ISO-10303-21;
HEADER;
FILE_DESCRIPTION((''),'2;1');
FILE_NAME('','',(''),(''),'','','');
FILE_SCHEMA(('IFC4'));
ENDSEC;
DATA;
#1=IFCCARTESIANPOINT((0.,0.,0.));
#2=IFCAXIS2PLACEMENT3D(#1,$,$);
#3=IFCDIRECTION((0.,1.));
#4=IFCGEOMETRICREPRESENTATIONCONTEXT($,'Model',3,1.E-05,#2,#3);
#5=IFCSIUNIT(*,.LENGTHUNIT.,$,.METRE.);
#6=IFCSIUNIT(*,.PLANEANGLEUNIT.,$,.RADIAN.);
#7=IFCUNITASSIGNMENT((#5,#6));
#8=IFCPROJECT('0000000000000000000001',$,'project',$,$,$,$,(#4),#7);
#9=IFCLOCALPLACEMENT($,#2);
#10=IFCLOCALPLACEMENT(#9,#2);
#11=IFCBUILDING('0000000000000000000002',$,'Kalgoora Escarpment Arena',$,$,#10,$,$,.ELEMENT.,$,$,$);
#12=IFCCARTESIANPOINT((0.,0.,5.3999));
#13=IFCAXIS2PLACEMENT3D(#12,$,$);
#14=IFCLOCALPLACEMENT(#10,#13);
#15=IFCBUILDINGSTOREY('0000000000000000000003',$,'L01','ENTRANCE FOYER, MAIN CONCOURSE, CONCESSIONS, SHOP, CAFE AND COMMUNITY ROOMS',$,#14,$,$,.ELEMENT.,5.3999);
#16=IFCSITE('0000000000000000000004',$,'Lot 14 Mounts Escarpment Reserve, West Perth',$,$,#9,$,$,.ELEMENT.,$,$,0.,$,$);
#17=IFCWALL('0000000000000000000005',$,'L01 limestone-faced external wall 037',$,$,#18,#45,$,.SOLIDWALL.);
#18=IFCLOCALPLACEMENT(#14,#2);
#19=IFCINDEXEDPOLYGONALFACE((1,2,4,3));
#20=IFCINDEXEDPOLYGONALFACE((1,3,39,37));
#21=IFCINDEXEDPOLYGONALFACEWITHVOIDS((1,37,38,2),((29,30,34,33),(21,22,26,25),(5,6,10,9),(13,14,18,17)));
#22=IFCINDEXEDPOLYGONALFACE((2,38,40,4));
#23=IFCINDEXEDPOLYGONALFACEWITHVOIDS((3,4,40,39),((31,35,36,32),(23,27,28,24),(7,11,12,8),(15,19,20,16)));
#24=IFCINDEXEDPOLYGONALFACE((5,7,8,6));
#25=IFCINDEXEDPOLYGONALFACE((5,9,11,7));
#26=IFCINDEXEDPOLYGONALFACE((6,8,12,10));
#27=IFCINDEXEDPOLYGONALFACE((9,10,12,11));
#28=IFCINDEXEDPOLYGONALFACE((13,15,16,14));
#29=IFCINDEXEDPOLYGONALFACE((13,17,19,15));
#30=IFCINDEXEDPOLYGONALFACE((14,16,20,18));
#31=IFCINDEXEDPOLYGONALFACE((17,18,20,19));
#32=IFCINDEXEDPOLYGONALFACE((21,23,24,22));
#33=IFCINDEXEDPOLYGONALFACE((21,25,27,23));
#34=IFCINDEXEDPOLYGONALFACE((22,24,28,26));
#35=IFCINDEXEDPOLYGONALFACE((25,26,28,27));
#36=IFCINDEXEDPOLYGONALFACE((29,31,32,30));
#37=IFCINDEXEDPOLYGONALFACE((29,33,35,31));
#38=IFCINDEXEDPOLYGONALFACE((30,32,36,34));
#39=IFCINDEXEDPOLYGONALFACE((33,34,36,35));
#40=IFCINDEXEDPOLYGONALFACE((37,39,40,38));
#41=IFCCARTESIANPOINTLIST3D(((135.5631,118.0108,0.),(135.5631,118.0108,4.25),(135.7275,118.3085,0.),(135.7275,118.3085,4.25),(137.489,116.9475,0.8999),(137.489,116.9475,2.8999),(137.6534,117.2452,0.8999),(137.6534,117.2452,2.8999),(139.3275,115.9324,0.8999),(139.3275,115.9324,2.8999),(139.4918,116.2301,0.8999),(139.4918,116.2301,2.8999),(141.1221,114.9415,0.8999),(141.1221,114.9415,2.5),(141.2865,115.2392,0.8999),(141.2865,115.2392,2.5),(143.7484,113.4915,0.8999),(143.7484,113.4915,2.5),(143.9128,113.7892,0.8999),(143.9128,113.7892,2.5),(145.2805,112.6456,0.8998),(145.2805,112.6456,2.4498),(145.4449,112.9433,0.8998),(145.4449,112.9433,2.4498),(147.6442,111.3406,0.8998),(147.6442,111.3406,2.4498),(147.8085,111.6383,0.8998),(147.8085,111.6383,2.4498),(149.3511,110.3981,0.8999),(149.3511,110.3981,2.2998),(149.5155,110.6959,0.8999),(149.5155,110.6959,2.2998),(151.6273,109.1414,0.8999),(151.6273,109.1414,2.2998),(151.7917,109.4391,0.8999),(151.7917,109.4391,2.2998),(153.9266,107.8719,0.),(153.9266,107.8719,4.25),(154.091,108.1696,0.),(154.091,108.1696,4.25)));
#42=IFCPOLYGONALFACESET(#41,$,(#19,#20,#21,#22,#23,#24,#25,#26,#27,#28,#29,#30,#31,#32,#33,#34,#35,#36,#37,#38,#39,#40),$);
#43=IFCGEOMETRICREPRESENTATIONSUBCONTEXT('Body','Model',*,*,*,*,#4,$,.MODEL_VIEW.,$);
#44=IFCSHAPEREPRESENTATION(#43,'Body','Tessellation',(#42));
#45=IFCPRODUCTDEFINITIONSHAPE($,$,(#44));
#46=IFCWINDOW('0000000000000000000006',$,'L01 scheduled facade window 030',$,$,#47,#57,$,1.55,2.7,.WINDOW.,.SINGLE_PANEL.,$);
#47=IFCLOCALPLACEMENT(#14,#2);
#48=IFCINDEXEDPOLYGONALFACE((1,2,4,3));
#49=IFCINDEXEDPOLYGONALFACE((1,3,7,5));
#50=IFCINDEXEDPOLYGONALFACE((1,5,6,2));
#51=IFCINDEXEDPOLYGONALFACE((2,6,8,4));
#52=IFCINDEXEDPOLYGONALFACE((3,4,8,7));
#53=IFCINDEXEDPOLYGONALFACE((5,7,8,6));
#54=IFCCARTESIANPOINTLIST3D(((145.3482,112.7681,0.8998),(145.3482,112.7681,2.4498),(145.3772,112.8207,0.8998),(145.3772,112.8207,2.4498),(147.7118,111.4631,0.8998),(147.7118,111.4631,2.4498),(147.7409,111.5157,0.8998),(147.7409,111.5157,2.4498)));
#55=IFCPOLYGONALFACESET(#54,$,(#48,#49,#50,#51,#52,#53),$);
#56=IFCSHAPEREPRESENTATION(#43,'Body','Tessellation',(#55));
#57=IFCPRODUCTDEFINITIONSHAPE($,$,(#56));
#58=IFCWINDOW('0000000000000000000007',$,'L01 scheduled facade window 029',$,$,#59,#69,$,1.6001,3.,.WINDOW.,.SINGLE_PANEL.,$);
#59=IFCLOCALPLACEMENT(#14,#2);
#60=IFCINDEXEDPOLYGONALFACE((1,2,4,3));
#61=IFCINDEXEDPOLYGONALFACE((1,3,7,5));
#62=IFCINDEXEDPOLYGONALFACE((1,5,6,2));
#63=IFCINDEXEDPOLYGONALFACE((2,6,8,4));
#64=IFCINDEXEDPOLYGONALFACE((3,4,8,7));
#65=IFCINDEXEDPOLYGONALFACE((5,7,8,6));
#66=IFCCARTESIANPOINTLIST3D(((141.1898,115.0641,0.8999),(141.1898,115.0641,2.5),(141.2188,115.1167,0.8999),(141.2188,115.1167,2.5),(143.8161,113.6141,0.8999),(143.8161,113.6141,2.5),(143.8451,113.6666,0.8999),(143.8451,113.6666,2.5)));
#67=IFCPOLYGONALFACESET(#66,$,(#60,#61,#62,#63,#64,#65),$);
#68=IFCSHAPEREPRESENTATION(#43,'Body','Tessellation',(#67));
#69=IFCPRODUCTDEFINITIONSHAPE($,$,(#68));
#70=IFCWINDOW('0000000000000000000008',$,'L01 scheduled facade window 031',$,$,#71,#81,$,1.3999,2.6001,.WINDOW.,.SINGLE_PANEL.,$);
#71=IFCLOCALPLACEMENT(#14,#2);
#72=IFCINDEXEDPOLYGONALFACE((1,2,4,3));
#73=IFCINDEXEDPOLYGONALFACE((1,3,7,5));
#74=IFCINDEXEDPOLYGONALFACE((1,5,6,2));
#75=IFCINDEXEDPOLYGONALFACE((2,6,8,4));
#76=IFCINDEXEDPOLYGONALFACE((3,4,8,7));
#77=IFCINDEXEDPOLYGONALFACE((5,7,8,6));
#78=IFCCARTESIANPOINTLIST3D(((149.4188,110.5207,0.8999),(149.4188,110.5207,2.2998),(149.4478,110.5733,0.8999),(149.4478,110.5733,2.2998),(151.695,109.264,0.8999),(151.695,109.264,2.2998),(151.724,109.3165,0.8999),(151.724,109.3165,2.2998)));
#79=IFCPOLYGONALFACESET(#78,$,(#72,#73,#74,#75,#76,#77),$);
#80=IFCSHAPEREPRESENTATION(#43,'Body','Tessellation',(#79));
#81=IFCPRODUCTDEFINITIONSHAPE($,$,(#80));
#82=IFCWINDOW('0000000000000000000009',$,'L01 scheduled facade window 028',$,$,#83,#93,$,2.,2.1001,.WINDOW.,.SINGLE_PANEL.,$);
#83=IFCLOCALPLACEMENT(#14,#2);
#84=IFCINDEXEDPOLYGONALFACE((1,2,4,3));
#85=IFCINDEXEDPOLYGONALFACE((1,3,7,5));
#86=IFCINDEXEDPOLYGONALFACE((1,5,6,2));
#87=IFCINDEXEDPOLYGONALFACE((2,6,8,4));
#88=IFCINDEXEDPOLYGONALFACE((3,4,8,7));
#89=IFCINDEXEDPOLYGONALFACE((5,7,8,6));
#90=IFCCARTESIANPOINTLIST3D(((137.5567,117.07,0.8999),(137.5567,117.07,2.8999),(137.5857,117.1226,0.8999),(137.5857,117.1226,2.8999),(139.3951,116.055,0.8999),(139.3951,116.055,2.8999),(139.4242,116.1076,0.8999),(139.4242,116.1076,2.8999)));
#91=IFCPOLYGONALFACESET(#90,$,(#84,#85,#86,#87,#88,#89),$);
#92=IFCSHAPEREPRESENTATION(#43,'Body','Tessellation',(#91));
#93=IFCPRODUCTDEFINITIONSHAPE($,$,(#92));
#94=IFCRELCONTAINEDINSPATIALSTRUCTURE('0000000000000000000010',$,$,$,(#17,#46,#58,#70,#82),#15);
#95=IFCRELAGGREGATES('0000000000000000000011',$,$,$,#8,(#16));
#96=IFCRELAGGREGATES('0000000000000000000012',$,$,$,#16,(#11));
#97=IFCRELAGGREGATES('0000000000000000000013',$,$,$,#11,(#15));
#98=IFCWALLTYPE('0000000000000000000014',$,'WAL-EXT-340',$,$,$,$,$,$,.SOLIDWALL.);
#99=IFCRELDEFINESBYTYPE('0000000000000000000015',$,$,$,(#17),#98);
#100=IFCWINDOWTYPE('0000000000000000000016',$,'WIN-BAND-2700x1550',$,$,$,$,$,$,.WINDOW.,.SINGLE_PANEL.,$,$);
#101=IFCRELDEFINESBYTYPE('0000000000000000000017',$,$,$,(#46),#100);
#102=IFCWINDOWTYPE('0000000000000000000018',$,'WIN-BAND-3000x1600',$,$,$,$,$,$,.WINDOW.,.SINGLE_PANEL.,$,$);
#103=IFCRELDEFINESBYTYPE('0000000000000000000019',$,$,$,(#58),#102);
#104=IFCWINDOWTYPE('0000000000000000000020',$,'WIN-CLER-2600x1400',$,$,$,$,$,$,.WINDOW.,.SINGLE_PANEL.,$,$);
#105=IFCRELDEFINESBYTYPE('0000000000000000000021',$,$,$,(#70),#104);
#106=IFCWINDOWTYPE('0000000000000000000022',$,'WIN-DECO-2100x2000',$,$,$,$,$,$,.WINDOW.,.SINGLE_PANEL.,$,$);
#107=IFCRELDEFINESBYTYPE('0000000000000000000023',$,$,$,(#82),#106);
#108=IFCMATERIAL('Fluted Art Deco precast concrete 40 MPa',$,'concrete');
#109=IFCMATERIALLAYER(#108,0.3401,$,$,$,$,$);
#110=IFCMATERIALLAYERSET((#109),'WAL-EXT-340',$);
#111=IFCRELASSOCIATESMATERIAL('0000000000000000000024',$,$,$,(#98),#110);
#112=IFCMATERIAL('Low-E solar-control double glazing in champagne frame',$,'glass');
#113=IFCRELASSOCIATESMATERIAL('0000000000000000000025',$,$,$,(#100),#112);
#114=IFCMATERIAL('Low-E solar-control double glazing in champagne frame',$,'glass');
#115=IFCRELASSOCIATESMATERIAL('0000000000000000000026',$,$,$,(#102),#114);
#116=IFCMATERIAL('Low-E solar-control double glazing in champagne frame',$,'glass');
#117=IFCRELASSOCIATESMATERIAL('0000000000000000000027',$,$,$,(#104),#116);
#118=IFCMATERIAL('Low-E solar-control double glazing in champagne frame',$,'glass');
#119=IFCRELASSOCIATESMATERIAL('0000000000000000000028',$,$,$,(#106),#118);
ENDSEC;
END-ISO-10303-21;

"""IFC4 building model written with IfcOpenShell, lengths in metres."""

from ifc_helpers import new_model, si_unit, direction, frame, frame_2d, origin, place, context, subcontext, project, spatial, rectangle, extrude, material, layer, layer_set, type_object, element, fill, save


model = new_model("IFC4")

# Units and contexts
model_context = context("Model", 3, precision=1e-05, world=origin(), true_north=direction((0.0, 1.0)))
body_context = subcontext(model_context, "Body", "Model", "MODEL_VIEW")
ifc_project = project(units=[si_unit("LENGTHUNIT", "METRE"), si_unit("PLANEANGLEUNIT", "RADIAN")], contexts=[model_context])

# Site, building, storey
site_placement = place(None, origin())
site = spatial("IfcSite", under=ifc_project, at=site_placement, Name="Lot 14 Mounts Escarpment Reserve, West Perth", CompositionType="ELEMENT", RefElevation=0.0)
building_placement = place(site_placement, origin())
building = spatial("IfcBuilding", under=site, at=building_placement, Name="Kalgoora Escarpment Arena", CompositionType="ELEMENT")
storey_placement = place(building_placement, frame((0.0, 0.0, 5.3999)))
storey = spatial("IfcBuildingStorey", under=building, at=storey_placement, Name="L01", Description="ENTRANCE FOYER, MAIN CONCOURSE, CONCESSIONS, SHOP, CAFE AND COMMUNITY ROOMS", CompositionType="ELEMENT", Elevation=5.3999)

# Wall, openings, windows
ifc_material_1 = material(Name="Fluted Art Deco precast concrete 40 MPa", Category="concrete")
ifc_layer_1 = layer(ifc_material_1, 0.3401)
ifc_layer_set_1 = layer_set([ifc_layer_1], Name="WAL-EXT-340")
wall_type_1 = type_object("IfcWallType", Name="WAL-EXT-340", PredefinedType="SOLIDWALL", material=ifc_layer_set_1)
wall_1_placement = place(storey_placement, frame((135.6453, 118.1597, 0.0), z_axis=(0.0, 0.0, 1.0), x_axis=(0.87543, -0.483345, 0.0)))
wall_1 = element("IfcWall", 1, at=wall_1_placement, inside=storey, type_object=wall_type_1, Name="L01 limestone-faced external wall 037", PredefinedType="SOLIDWALL", context=body_context, shape_type="SweptSolid", body=[
    extrude(rectangle(XDim=20.9766, YDim=0.3401, at=frame_2d((10.4883, 0.0))), origin(), (0.0, 0.0, 1.0), 4.25),
])
opening_1_placement = place(wall_1_placement, frame((2.2, 0.0, 0.8999)))
opening_1 = element("IfcOpeningElement", 2, at=opening_1_placement, cuts=wall_1, PredefinedType="OPENING", context=body_context, shape_type="SweptSolid", body=[
    extrude(rectangle(XDim=2.1001, YDim=2.0, at=frame_2d((1.05, 1.0))), frame((0.0, 0.1799, 0.0), z_axis=(0.0, -1.0, 0.0), x_axis=(1.0, 0.0, 0.0)), (0.0, 0.0, 1.0), 0.3601),
])
opening_2_placement = place(wall_1_placement, frame((6.3501, 0.0, 0.8999)))
opening_2 = element("IfcOpeningElement", 3, at=opening_2_placement, cuts=wall_1, PredefinedType="OPENING", context=body_context, shape_type="SweptSolid", body=[
    extrude(rectangle(XDim=3.0, YDim=1.6001, at=frame_2d((1.5, 0.8))), frame((0.0, 0.1799, 0.0), z_axis=(0.0, -1.0, 0.0), x_axis=(1.0, 0.0, 0.0)), (0.0, 0.0, 1.0), 0.3601),
])
opening_3_placement = place(wall_1_placement, frame((11.1001, 0.0, 0.8999)))
opening_3 = element("IfcOpeningElement", 4, at=opening_3_placement, cuts=wall_1, PredefinedType="OPENING", context=body_context, shape_type="SweptSolid", body=[
    extrude(rectangle(XDim=2.7, YDim=1.55, at=frame_2d((1.3501, 0.7749))), frame((0.0, 0.1799, 0.0), z_axis=(0.0, -1.0, 0.0), x_axis=(1.0, 0.0, 0.0)), (0.0, 0.0, 1.0), 0.3601),
])
opening_4_placement = place(wall_1_placement, frame((15.75, 0.0, 0.8999)))
opening_4 = element("IfcOpeningElement", 5, at=opening_4_placement, cuts=wall_1, PredefinedType="OPENING", context=body_context, shape_type="SweptSolid", body=[
    extrude(rectangle(XDim=2.6001, YDim=1.3999, at=frame_2d((1.3, 0.7))), frame((0.0, 0.1799, 0.0), z_axis=(0.0, -1.0, 0.0), x_axis=(1.0, 0.0, 0.0)), (0.0, 0.0, 1.0), 0.3601),
])
ifc_material_2 = material(Name="Low-E solar-control double glazing in champagne frame", Category="glass")
window_type_1 = type_object("IfcWindowType", Name="WIN-BAND-2700x1550", PartitioningType="SINGLE_PANEL", PredefinedType="WINDOW", material=ifc_material_2)
window_1_placement = place(opening_3_placement, origin())
window_1 = element("IfcWindow", 6, at=window_1_placement, inside=storey, type_object=window_type_1, Name="L01 scheduled facade window 030", OverallHeight=1.55, OverallWidth=2.7, PartitioningType="SINGLE_PANEL", PredefinedType="WINDOW", context=body_context, shape_type="SweptSolid", body=[
    extrude(rectangle(XDim=2.7, YDim=1.55, at=frame_2d((1.3501, 0.7749))), frame((0.0, 0.03, 0.0), z_axis=(0.0, -1.0, 0.0), x_axis=(1.0, 0.0, 0.0)), (0.0, 0.0, 1.0), 0.0601),
])
fill(opening_3, window_1)
ifc_material_3 = material(Name="Low-E solar-control double glazing in champagne frame", Category="glass")
window_type_2 = type_object("IfcWindowType", Name="WIN-BAND-3000x1600", PartitioningType="SINGLE_PANEL", PredefinedType="WINDOW", material=ifc_material_3)
window_2_placement = place(opening_2_placement, origin())
window_2 = element("IfcWindow", 7, at=window_2_placement, inside=storey, type_object=window_type_2, Name="L01 scheduled facade window 029", OverallHeight=1.6001, OverallWidth=3.0, PartitioningType="SINGLE_PANEL", PredefinedType="WINDOW", context=body_context, shape_type="SweptSolid", body=[
    extrude(rectangle(XDim=3.0, YDim=1.6001, at=frame_2d((1.5, 0.8))), frame((0.0, 0.03, 0.0), z_axis=(0.0, -1.0, 0.0), x_axis=(1.0, 0.0, 0.0)), (0.0, 0.0, 1.0), 0.0601),
])
fill(opening_2, window_2)
ifc_material_4 = material(Name="Low-E solar-control double glazing in champagne frame", Category="glass")
window_type_3 = type_object("IfcWindowType", Name="WIN-CLER-2600x1400", PartitioningType="SINGLE_PANEL", PredefinedType="WINDOW", material=ifc_material_4)
window_3_placement = place(opening_4_placement, origin())
window_3 = element("IfcWindow", 8, at=window_3_placement, inside=storey, type_object=window_type_3, Name="L01 scheduled facade window 031", OverallHeight=1.3999, OverallWidth=2.6001, PartitioningType="SINGLE_PANEL", PredefinedType="WINDOW", context=body_context, shape_type="SweptSolid", body=[
    extrude(rectangle(XDim=2.6001, YDim=1.3999, at=frame_2d((1.3, 0.7))), frame((0.0, 0.03, 0.0), z_axis=(0.0, -1.0, 0.0), x_axis=(1.0, 0.0, 0.0)), (0.0, 0.0, 1.0), 0.0601),
])
fill(opening_4, window_3)
ifc_material_5 = material(Name="Low-E solar-control double glazing in champagne frame", Category="glass")
window_type_4 = type_object("IfcWindowType", Name="WIN-DECO-2100x2000", PartitioningType="SINGLE_PANEL", PredefinedType="WINDOW", material=ifc_material_5)
window_4_placement = place(opening_1_placement, origin())
window_4 = element("IfcWindow", 9, at=window_4_placement, inside=storey, type_object=window_type_4, Name="L01 scheduled facade window 028", OverallHeight=2.0, OverallWidth=2.1001, PartitioningType="SINGLE_PANEL", PredefinedType="WINDOW", context=body_context, shape_type="SweptSolid", body=[
    extrude(rectangle(XDim=2.1001, YDim=2.0, at=frame_2d((1.05, 1.0))), frame((0.0, 0.03, 0.0), z_axis=(0.0, -1.0, 0.0), x_axis=(1.0, 0.0, 0.0)), (0.0, 0.0, 1.0), 0.0601),
])
fill(opening_1, window_4)

save(model, "model.ifc")
